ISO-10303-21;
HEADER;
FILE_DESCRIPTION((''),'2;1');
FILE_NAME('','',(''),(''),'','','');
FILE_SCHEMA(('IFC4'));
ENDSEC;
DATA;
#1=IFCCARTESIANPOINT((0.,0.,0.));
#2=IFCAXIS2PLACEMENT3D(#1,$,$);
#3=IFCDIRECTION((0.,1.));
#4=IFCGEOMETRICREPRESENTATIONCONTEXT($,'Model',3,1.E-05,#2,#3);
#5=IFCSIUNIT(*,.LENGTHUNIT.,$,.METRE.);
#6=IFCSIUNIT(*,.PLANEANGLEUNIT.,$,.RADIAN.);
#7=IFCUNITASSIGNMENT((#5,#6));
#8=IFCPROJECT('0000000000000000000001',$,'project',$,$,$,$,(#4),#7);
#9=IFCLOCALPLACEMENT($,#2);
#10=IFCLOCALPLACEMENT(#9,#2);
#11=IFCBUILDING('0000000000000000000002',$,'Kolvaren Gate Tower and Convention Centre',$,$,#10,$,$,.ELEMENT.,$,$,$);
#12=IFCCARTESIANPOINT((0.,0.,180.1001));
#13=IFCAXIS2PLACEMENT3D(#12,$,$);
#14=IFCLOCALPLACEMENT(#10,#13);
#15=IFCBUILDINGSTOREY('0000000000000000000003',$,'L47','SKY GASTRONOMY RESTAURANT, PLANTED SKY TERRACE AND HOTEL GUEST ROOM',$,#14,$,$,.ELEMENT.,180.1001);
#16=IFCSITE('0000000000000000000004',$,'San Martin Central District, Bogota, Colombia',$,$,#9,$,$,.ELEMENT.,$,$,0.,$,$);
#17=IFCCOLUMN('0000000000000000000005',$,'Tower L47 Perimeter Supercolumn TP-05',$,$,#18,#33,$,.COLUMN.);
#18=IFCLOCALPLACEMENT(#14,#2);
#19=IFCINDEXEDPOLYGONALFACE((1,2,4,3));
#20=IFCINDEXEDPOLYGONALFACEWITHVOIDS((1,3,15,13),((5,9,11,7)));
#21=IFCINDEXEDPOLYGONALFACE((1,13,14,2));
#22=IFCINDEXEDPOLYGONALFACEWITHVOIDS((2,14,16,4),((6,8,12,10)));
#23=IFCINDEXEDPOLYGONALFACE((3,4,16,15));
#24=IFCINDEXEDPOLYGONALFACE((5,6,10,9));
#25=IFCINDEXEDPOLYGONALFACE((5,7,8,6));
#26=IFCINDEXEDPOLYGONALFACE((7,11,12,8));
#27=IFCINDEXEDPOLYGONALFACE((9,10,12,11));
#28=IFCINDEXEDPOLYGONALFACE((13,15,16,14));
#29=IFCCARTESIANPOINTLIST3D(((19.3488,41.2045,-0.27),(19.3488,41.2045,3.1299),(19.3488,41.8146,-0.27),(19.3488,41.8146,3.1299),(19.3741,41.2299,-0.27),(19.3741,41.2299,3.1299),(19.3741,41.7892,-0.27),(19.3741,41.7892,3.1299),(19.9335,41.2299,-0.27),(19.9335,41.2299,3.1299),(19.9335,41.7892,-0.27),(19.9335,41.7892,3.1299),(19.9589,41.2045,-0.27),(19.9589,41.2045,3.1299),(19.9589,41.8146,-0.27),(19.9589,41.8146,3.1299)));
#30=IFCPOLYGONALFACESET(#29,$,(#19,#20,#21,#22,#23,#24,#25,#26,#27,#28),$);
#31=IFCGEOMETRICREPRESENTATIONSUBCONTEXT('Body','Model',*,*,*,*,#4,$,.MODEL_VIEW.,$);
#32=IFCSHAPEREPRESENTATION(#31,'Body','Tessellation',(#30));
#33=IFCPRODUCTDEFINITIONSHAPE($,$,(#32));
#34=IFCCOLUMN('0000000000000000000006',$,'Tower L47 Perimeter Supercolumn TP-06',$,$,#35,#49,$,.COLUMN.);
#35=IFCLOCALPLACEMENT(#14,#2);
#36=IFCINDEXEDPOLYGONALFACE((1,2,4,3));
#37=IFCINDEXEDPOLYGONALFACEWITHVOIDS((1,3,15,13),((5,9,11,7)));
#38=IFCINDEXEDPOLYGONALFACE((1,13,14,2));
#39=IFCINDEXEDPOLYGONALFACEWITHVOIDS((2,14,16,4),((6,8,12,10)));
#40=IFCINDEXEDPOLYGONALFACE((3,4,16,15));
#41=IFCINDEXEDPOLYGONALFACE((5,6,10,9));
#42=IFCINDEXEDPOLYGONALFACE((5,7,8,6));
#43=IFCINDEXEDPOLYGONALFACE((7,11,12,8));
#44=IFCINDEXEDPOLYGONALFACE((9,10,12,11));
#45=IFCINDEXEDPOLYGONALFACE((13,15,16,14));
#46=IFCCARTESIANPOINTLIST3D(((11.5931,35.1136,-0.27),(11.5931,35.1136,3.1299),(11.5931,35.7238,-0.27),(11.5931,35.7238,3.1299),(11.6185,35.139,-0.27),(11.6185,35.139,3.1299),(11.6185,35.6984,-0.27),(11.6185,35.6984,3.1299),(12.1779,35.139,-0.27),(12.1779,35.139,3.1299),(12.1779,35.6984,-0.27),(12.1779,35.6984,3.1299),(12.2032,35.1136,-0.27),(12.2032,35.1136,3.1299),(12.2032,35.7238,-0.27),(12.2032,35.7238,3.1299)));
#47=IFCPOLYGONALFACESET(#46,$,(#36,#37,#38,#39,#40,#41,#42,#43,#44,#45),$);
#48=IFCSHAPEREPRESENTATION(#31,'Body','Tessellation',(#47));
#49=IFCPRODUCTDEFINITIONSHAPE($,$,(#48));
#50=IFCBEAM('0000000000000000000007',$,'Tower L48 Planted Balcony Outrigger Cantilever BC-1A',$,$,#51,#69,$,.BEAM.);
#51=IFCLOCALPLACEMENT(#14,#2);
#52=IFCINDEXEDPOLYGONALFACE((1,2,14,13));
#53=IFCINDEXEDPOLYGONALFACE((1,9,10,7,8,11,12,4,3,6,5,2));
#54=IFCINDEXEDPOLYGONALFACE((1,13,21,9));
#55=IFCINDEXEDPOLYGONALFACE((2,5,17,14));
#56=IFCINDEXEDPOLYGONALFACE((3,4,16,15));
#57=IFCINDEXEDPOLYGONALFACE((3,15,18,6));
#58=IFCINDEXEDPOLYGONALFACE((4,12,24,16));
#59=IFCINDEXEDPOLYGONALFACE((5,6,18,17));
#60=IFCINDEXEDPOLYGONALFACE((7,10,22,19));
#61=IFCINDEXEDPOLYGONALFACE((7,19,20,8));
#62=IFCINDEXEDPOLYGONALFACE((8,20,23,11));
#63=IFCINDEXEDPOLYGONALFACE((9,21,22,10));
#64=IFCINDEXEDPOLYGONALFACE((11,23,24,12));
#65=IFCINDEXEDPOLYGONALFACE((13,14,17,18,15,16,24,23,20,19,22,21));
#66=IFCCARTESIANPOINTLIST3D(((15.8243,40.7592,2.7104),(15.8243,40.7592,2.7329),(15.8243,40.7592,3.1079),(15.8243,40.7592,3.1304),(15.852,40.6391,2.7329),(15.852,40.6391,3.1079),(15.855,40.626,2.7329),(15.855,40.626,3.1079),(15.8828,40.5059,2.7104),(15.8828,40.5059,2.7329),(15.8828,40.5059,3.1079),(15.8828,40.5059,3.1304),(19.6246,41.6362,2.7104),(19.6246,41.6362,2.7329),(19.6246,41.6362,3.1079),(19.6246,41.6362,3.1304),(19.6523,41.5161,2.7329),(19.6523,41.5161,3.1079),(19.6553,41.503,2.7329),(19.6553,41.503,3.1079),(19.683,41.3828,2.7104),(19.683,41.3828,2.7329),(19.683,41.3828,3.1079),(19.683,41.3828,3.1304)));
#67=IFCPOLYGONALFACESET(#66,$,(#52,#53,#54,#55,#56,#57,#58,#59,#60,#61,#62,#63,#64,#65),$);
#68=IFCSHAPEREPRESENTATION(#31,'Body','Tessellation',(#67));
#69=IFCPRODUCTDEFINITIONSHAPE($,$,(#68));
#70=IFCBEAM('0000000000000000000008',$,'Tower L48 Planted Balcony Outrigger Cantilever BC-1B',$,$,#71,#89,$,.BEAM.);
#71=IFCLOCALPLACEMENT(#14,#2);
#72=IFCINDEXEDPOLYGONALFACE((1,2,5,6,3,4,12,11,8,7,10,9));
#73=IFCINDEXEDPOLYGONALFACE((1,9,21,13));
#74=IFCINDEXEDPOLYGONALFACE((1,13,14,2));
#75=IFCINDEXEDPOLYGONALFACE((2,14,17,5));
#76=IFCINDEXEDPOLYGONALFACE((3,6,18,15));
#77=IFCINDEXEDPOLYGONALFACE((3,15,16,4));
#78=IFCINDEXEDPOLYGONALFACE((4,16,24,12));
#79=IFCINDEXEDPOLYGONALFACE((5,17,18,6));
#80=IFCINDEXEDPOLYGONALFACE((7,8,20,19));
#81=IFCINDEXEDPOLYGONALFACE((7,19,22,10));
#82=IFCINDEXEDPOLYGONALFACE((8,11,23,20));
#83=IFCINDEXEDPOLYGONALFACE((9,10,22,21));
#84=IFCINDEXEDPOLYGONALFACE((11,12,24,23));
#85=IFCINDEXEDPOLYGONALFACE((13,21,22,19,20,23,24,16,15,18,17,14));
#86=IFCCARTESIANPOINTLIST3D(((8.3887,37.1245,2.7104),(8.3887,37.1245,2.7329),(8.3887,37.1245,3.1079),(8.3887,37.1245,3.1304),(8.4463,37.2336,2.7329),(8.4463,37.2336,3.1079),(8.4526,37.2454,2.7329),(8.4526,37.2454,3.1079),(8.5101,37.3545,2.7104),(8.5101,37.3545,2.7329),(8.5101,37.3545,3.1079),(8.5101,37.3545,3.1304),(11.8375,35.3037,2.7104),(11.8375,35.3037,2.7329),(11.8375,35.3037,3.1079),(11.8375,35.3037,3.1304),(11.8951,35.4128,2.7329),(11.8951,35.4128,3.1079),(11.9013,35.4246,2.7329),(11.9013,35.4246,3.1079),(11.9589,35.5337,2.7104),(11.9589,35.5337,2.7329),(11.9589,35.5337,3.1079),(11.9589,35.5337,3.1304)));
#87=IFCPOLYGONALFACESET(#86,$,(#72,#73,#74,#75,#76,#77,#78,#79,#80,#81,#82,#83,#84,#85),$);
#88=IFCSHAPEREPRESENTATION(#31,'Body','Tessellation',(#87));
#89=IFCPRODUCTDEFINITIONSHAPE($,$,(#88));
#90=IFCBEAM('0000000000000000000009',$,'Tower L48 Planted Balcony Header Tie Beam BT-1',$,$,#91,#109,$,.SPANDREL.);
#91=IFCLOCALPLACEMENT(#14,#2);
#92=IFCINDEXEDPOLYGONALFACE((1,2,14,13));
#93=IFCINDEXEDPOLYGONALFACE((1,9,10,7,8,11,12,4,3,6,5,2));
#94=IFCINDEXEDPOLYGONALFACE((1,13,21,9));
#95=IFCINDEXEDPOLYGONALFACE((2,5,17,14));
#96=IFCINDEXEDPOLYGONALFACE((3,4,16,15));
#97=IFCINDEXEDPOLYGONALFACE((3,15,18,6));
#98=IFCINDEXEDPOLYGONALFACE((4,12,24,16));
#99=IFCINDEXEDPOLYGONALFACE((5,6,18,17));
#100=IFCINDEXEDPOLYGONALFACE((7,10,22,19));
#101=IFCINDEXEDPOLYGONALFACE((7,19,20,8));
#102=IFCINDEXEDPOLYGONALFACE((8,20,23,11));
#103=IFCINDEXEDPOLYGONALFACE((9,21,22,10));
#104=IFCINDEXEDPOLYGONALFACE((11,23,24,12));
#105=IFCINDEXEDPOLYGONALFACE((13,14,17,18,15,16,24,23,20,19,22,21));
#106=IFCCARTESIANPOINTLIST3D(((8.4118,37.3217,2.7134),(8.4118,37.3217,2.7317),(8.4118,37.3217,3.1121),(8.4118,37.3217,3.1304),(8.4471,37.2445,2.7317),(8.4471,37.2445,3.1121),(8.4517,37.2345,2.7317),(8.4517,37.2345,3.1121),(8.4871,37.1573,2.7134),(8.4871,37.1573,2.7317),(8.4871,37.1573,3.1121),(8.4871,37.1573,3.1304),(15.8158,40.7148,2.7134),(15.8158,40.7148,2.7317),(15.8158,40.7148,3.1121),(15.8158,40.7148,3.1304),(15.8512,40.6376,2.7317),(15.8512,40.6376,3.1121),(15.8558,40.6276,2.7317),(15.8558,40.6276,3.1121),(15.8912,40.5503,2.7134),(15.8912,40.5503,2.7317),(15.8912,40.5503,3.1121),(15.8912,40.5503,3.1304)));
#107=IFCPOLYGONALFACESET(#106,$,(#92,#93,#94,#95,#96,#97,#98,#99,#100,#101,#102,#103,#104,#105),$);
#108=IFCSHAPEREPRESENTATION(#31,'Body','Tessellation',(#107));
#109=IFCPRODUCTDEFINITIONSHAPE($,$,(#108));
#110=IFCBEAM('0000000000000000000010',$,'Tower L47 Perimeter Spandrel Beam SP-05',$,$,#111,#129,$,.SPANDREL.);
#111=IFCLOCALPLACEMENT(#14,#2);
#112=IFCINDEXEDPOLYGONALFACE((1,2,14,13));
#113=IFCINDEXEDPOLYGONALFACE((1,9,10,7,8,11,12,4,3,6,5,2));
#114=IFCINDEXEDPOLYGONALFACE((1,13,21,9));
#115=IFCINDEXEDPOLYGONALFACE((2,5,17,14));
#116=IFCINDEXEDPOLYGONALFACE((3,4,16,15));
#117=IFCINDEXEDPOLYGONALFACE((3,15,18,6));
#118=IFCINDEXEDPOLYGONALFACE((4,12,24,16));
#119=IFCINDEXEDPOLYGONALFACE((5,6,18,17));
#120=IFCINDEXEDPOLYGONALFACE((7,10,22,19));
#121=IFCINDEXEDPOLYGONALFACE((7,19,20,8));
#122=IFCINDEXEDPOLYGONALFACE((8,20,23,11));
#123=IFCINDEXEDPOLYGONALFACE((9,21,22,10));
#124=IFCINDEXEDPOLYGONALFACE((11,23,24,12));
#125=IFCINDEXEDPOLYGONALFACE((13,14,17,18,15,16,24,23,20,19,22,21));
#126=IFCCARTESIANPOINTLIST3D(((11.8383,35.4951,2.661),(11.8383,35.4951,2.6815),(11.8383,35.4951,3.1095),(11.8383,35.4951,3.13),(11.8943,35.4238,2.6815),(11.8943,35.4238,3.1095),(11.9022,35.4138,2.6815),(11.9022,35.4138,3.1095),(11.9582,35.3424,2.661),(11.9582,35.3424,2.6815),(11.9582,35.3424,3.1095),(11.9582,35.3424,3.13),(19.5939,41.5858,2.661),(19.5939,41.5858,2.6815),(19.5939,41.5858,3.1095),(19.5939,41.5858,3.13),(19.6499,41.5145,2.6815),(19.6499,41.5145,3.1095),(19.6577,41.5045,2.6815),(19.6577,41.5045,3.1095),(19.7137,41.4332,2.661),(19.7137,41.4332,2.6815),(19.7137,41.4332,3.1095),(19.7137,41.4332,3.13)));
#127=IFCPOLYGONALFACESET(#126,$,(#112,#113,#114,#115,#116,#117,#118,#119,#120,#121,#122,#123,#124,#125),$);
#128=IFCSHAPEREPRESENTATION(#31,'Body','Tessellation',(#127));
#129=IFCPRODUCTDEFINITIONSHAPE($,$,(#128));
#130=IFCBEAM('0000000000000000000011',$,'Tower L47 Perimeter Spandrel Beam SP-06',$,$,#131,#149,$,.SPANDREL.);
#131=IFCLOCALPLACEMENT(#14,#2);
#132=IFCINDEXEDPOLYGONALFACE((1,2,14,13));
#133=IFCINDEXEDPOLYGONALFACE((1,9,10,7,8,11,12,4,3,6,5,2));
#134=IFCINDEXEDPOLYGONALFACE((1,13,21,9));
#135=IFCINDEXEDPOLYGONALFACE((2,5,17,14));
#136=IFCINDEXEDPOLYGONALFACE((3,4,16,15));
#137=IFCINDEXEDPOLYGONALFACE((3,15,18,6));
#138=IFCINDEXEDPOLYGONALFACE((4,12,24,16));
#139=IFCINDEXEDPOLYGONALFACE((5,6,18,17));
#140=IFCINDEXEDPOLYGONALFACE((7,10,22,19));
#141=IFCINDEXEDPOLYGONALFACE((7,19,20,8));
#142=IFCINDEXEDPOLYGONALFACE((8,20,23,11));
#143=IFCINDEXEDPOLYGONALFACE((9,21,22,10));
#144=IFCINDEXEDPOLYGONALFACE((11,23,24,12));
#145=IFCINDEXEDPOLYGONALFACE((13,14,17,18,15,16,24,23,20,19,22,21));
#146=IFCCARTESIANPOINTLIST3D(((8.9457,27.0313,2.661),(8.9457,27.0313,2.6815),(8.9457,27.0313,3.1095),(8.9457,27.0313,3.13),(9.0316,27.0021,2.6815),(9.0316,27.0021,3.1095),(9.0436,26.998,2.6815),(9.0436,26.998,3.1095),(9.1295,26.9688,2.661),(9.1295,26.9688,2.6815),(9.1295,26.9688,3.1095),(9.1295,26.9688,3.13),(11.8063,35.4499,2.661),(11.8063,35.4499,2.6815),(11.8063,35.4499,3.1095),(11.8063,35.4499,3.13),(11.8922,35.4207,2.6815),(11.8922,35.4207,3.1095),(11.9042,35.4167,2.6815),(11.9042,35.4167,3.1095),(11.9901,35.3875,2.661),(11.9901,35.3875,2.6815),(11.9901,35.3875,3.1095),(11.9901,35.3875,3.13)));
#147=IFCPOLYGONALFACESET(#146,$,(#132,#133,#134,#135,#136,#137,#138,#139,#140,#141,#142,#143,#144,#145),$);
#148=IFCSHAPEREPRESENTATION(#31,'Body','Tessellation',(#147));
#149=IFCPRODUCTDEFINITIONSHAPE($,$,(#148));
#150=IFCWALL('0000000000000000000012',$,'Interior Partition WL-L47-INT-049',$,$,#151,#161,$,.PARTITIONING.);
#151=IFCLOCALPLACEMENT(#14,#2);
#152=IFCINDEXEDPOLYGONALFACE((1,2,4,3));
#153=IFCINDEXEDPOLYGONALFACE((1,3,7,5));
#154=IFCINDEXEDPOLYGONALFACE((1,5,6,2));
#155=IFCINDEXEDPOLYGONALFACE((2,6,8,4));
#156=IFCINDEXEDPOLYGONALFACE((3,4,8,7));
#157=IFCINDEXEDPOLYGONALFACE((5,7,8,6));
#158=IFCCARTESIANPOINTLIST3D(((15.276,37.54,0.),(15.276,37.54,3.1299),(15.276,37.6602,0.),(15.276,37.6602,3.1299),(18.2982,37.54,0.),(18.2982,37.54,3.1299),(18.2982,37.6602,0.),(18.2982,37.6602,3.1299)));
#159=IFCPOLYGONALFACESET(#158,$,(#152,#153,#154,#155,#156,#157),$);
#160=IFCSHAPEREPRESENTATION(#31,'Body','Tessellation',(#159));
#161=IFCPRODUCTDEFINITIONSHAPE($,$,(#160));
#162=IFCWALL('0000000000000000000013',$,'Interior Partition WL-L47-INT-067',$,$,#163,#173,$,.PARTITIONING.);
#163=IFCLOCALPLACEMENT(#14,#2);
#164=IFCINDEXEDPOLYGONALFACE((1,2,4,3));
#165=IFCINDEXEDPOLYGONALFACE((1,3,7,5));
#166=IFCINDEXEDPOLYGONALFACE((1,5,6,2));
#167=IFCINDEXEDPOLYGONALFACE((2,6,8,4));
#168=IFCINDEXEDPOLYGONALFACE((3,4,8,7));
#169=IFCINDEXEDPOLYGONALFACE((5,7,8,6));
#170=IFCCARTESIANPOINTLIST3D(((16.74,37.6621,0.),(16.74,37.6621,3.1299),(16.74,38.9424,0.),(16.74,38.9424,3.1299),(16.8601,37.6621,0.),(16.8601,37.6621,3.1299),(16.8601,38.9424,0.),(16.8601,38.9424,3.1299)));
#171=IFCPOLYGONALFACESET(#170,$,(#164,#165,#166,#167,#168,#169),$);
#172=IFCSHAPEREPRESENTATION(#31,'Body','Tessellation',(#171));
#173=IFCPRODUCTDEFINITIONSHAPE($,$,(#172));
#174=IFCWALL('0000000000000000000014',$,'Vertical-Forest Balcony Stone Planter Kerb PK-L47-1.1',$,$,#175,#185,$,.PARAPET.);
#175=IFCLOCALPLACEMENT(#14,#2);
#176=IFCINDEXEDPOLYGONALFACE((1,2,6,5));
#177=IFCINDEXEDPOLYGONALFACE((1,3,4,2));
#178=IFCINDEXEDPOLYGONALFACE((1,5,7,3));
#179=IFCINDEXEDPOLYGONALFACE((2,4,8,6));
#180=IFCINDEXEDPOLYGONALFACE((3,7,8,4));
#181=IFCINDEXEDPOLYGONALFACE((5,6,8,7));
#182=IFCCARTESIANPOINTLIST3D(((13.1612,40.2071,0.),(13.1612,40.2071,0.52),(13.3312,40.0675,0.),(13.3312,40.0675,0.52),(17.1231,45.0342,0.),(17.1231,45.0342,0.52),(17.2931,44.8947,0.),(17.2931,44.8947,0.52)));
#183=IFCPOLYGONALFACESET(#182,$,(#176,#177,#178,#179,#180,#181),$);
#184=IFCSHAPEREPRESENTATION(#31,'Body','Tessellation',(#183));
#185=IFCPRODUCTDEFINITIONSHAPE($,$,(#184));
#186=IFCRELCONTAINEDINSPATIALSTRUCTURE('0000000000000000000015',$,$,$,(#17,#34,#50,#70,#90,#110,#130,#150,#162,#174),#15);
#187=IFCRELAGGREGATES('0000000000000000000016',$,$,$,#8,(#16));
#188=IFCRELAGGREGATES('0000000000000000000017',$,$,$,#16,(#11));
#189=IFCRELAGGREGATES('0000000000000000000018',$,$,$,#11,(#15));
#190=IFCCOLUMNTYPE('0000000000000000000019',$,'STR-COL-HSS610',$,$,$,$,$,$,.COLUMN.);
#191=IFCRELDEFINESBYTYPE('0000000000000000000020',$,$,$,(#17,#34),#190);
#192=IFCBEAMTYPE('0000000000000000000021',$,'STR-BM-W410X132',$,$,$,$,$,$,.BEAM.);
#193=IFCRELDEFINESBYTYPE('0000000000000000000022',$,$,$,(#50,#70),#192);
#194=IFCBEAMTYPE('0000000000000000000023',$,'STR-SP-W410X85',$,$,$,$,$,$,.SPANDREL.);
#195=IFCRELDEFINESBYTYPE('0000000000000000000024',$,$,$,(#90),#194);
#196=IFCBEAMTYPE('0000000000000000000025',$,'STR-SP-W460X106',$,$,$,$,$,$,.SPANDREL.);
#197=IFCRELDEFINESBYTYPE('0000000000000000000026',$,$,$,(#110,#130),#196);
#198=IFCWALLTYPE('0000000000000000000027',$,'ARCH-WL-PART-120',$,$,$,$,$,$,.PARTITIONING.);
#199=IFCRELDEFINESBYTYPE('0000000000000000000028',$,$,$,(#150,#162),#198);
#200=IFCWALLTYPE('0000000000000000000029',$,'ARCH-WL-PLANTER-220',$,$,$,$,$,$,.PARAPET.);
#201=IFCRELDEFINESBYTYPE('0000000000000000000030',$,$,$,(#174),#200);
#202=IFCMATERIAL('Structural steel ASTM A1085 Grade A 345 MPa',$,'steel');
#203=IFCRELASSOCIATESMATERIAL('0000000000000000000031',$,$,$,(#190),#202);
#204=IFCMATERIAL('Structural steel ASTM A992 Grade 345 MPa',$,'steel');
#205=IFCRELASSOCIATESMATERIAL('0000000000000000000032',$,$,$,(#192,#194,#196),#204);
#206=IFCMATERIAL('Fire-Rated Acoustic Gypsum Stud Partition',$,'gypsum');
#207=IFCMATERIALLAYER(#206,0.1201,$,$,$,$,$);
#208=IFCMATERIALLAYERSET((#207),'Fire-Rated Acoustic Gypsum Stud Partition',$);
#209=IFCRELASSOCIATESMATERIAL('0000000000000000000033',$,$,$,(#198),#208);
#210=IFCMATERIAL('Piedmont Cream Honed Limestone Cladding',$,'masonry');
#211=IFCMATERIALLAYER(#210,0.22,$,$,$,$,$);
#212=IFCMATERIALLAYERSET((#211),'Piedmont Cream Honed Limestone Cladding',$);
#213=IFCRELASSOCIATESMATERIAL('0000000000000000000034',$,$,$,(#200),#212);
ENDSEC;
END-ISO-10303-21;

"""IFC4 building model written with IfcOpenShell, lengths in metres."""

from ifc_helpers import new_model, si_unit, direction, frame, frame_2d, origin, origin_2d, place, context, subcontext, project, spatial, rectangle, hollow_rectangle, i_section, extrude, material, layer, layer_set, material_profile, profile_set, type_object, element, save


model = new_model("IFC4")

# Units and contexts
model_context = context("Model", 3, precision=1e-05, world=origin(), true_north=direction((0.0, 1.0)))
body_context = subcontext(model_context, "Body", "Model", "MODEL_VIEW")
ifc_project = project(units=[si_unit("LENGTHUNIT", "METRE"), si_unit("PLANEANGLEUNIT", "RADIAN")], contexts=[model_context])

# Site, building, storey
site_placement = place(None, origin())
site = spatial("IfcSite", under=ifc_project, at=site_placement, Name="San Martin Central District, Bogota, Colombia", CompositionType="ELEMENT", RefElevation=0.0)
building_placement = place(site_placement, origin())
building = spatial("IfcBuilding", under=site, at=building_placement, Name="Kolvaren Gate Tower and Convention Centre", CompositionType="ELEMENT")
storey_placement = place(building_placement, frame((0.0, 0.0, 180.1001)))
storey = spatial("IfcBuildingStorey", under=building, at=storey_placement, Name="L47", Description="SKY GASTRONOMY RESTAURANT, PLANTED SKY TERRACE AND HOTEL GUEST ROOM", CompositionType="ELEMENT", Elevation=180.1001)

# Columns
ifc_material_1 = material(Name="Structural steel ASTM A1085 Grade A 345 MPa", Category="steel")
ifc_material_profile_1 = material_profile(ifc_material_1, hollow_rectangle(XDim=0.6101, YDim=0.6101, WallThickness=0.0254, at=origin_2d()), Name="HSS610X610X25.4")
ifc_profile_set_1 = profile_set([ifc_material_profile_1], Name="Structural steel ASTM A1085 Grade A 345 MPa")
column_type = type_object("IfcColumnType", Name="STR-COL-HSS610", PredefinedType="COLUMN", material=ifc_profile_set_1)
for number, where, z_axis, x_axis, name in (
    (1, (19.6538, 41.5095, -0.27), (0.0, 0.0, 1.0), (1.0, 0.0, 0.0), "Tower L47 Perimeter Supercolumn TP-05"),
    (2, (11.8982, 35.4187, -0.27), (0.0, 0.0, 1.0), (1.0, 0.0, 0.0), "Tower L47 Perimeter Supercolumn TP-06"),
):
    element("IfcColumn", number, at=place(storey_placement, frame(where, z_axis=z_axis, x_axis=x_axis)), inside=storey, type_object=column_type, Name=name, PredefinedType="COLUMN", context=body_context, shape_type="SweptSolid", body=[
        extrude(hollow_rectangle(XDim=0.6101, YDim=0.6101, WallThickness=0.0254, at=origin_2d()), origin(), (0.0, 0.0, 1.0), 3.3999),
    ])

# Beams
ifc_material_2 = material(Name="Structural steel ASTM A992 Grade 345 MPa", Category="steel")
ifc_material_profile_2 = material_profile(ifc_material_2, i_section(OverallWidth=0.26, OverallDepth=0.4199, WebThickness=0.0134, FlangeThickness=0.0225, at=origin_2d()), Name="W410X132")
ifc_profile_set_2 = profile_set([ifc_material_profile_2], Name="Structural steel ASTM A992 Grade 345 MPa")
beam_type_1 = type_object("IfcBeamType", Name="STR-BM-W410X132", PredefinedType="BEAM", material=ifc_profile_set_2)
beam_1_placement = place(storey_placement, frame((19.6538, 41.5095, 2.9204), z_axis=(-0.974393, -0.22485, 0.0), x_axis=(0.22485, -0.974393, 0.0)))
element("IfcBeam", 3, at=beam_1_placement, inside=storey, type_object=beam_type_1, Name="Tower L48 Planted Balcony Outrigger Cantilever BC-1A", PredefinedType="BEAM", context=body_context, shape_type="SweptSolid", body=[
    extrude(i_section(OverallWidth=0.26, OverallDepth=0.4199, WebThickness=0.0134, FlangeThickness=0.0225, at=origin_2d()), origin(), (0.0, 0.0, 1.0), 3.9001),
])
beam_2_placement = place(storey_placement, frame((11.8982, 35.4187, 2.9204), z_axis=(-0.884317, 0.466886, 0.0), x_axis=(-0.466886, -0.884317, 0.0)))
element("IfcBeam", 4, at=beam_2_placement, inside=storey, type_object=beam_type_1, Name="Tower L48 Planted Balcony Outrigger Cantilever BC-1B", PredefinedType="BEAM", context=body_context, shape_type="SweptSolid", body=[
    extrude(i_section(OverallWidth=0.26, OverallDepth=0.4199, WebThickness=0.0134, FlangeThickness=0.0225, at=origin_2d()), origin(), (0.0, 0.0, 1.0), 3.8999),
])
ifc_material_profile_3 = material_profile(ifc_material_2, i_section(OverallWidth=0.1809, OverallDepth=0.417, WebThickness=0.011, FlangeThickness=0.0183, at=origin_2d()), Name="W410X85")
ifc_profile_set_3 = profile_set([ifc_material_profile_3], Name="Structural steel ASTM A992 Grade 345 MPa")
beam_type_2 = type_object("IfcBeamType", Name="STR-SP-W410X85", PredefinedType="SPANDREL", material=ifc_profile_set_3)
beam_3_placement = place(storey_placement, frame((15.8535, 40.6326, 2.9219), z_axis=(-0.909086, -0.416608, 0.0), x_axis=(0.416608, -0.909086, 0.0)))
element("IfcBeam", 5, at=beam_3_placement, inside=storey, type_object=beam_type_2, Name="Tower L48 Planted Balcony Header Tie Beam BT-1", PredefinedType="SPANDREL", context=body_context, shape_type="SweptSolid", body=[
    extrude(i_section(OverallWidth=0.1809, OverallDepth=0.417, WebThickness=0.011, FlangeThickness=0.0183, at=origin_2d()), origin(), (0.0, 0.0, 1.0), 8.1445),
])
ifc_material_profile_4 = material_profile(ifc_material_2, i_section(OverallWidth=0.1941, OverallDepth=0.469, WebThickness=0.0127, FlangeThickness=0.0205, at=origin_2d()), Name="W460X106")
ifc_profile_set_4 = profile_set([ifc_material_profile_4], Name="Structural steel ASTM A992 Grade 345 MPa")
beam_type_3 = type_object("IfcBeamType", Name="STR-SP-W460X106", PredefinedType="SPANDREL", material=ifc_profile_set_4)
beam_4_placement = place(storey_placement, frame((19.6538, 41.5095, 2.8955), z_axis=(-0.78646, -0.617641, 0.0), x_axis=(0.617641, -0.78646, 0.0)))
element("IfcBeam", 6, at=beam_4_placement, inside=storey, type_object=beam_type_3, Name="Tower L47 Perimeter Spandrel Beam SP-05", PredefinedType="SPANDREL", context=body_context, shape_type="SweptSolid", body=[
    extrude(i_section(OverallWidth=0.1941, OverallDepth=0.469, WebThickness=0.0127, FlangeThickness=0.0205, at=origin_2d()), origin(), (0.0, 0.0, 1.0), 9.8613),
])
beam_5_placement = place(storey_placement, frame((11.8982, 35.4187, 2.8955), z_axis=(-0.321725, -0.946833, 0.0), x_axis=(0.946833, -0.321725, 0.0)))
element("IfcBeam", 7, at=beam_5_placement, inside=storey, type_object=beam_type_3, Name="Tower L47 Perimeter Spandrel Beam SP-06", PredefinedType="SPANDREL", context=body_context, shape_type="SweptSolid", body=[
    extrude(i_section(OverallWidth=0.1941, OverallDepth=0.469, WebThickness=0.0127, FlangeThickness=0.0205, at=origin_2d()), origin(), (0.0, 0.0, 1.0), 8.8914),
])

# Walls
ifc_material_3 = material(Name="Fire-Rated Acoustic Gypsum Stud Partition", Category="gypsum")
ifc_layer_1 = layer(ifc_material_3, 0.1201)
ifc_layer_set_1 = layer_set([ifc_layer_1], Name="Fire-Rated Acoustic Gypsum Stud Partition")
wall_type_1 = type_object("IfcWallType", Name="ARCH-WL-PART-120", PredefinedType="PARTITIONING", material=ifc_layer_set_1)
wall_1_placement = place(storey_placement, frame((15.2759, 37.6001, 0.0), z_axis=(0.0, 0.0, 1.0), x_axis=(1.0, 0.0, 0.0)))
element("IfcWall", 8, at=wall_1_placement, inside=storey, type_object=wall_type_1, Name="Interior Partition WL-L47-INT-049", PredefinedType="PARTITIONING", context=body_context, shape_type="SweptSolid", body=[
    extrude(rectangle(XDim=3.0222, YDim=0.1201, at=frame_2d((1.5112, 0.0))), origin(), (0.0, 0.0, 1.0), 3.1299),
])
wall_2_placement = place(storey_placement, frame((16.8, 37.6621, 0.0), z_axis=(0.0, 0.0, 1.0), x_axis=(0.0, 1.0, 0.0)))
element("IfcWall", 9, at=wall_2_placement, inside=storey, type_object=wall_type_1, Name="Interior Partition WL-L47-INT-067", PredefinedType="PARTITIONING", context=body_context, shape_type="SweptSolid", body=[
    extrude(rectangle(XDim=1.2803, YDim=0.1201, at=frame_2d((0.6401, 0.0))), origin(), (0.0, 0.0, 1.0), 3.1299),
])
ifc_material_4 = material(Name="Piedmont Cream Honed Limestone Cladding", Category="masonry")
ifc_layer_2 = layer(ifc_material_4, 0.22)
ifc_layer_set_2 = layer_set([ifc_layer_2], Name="Piedmont Cream Honed Limestone Cladding")
wall_type_2 = type_object("IfcWallType", Name="ARCH-WL-PLANTER-220", PredefinedType="PARAPET", material=ifc_layer_set_2)
wall_3_placement = place(storey_placement, frame((13.2461, 40.1372, 0.0), z_axis=(0.0, 0.0, 1.0), x_axis=(0.634429, 0.772981, 0.0)))
element("IfcWall", 10, at=wall_3_placement, inside=storey, type_object=wall_type_2, Name="Vertical-Forest Balcony Stone Planter Kerb PK-L47-1.1", PredefinedType="PARAPET", context=body_context, shape_type="SweptSolid", body=[
    extrude(rectangle(XDim=6.2449, YDim=0.22, at=frame_2d((3.1226, 0.0))), origin(), (0.0, 0.0, 1.0), 0.52),
])

save(model, "model.ifc")
